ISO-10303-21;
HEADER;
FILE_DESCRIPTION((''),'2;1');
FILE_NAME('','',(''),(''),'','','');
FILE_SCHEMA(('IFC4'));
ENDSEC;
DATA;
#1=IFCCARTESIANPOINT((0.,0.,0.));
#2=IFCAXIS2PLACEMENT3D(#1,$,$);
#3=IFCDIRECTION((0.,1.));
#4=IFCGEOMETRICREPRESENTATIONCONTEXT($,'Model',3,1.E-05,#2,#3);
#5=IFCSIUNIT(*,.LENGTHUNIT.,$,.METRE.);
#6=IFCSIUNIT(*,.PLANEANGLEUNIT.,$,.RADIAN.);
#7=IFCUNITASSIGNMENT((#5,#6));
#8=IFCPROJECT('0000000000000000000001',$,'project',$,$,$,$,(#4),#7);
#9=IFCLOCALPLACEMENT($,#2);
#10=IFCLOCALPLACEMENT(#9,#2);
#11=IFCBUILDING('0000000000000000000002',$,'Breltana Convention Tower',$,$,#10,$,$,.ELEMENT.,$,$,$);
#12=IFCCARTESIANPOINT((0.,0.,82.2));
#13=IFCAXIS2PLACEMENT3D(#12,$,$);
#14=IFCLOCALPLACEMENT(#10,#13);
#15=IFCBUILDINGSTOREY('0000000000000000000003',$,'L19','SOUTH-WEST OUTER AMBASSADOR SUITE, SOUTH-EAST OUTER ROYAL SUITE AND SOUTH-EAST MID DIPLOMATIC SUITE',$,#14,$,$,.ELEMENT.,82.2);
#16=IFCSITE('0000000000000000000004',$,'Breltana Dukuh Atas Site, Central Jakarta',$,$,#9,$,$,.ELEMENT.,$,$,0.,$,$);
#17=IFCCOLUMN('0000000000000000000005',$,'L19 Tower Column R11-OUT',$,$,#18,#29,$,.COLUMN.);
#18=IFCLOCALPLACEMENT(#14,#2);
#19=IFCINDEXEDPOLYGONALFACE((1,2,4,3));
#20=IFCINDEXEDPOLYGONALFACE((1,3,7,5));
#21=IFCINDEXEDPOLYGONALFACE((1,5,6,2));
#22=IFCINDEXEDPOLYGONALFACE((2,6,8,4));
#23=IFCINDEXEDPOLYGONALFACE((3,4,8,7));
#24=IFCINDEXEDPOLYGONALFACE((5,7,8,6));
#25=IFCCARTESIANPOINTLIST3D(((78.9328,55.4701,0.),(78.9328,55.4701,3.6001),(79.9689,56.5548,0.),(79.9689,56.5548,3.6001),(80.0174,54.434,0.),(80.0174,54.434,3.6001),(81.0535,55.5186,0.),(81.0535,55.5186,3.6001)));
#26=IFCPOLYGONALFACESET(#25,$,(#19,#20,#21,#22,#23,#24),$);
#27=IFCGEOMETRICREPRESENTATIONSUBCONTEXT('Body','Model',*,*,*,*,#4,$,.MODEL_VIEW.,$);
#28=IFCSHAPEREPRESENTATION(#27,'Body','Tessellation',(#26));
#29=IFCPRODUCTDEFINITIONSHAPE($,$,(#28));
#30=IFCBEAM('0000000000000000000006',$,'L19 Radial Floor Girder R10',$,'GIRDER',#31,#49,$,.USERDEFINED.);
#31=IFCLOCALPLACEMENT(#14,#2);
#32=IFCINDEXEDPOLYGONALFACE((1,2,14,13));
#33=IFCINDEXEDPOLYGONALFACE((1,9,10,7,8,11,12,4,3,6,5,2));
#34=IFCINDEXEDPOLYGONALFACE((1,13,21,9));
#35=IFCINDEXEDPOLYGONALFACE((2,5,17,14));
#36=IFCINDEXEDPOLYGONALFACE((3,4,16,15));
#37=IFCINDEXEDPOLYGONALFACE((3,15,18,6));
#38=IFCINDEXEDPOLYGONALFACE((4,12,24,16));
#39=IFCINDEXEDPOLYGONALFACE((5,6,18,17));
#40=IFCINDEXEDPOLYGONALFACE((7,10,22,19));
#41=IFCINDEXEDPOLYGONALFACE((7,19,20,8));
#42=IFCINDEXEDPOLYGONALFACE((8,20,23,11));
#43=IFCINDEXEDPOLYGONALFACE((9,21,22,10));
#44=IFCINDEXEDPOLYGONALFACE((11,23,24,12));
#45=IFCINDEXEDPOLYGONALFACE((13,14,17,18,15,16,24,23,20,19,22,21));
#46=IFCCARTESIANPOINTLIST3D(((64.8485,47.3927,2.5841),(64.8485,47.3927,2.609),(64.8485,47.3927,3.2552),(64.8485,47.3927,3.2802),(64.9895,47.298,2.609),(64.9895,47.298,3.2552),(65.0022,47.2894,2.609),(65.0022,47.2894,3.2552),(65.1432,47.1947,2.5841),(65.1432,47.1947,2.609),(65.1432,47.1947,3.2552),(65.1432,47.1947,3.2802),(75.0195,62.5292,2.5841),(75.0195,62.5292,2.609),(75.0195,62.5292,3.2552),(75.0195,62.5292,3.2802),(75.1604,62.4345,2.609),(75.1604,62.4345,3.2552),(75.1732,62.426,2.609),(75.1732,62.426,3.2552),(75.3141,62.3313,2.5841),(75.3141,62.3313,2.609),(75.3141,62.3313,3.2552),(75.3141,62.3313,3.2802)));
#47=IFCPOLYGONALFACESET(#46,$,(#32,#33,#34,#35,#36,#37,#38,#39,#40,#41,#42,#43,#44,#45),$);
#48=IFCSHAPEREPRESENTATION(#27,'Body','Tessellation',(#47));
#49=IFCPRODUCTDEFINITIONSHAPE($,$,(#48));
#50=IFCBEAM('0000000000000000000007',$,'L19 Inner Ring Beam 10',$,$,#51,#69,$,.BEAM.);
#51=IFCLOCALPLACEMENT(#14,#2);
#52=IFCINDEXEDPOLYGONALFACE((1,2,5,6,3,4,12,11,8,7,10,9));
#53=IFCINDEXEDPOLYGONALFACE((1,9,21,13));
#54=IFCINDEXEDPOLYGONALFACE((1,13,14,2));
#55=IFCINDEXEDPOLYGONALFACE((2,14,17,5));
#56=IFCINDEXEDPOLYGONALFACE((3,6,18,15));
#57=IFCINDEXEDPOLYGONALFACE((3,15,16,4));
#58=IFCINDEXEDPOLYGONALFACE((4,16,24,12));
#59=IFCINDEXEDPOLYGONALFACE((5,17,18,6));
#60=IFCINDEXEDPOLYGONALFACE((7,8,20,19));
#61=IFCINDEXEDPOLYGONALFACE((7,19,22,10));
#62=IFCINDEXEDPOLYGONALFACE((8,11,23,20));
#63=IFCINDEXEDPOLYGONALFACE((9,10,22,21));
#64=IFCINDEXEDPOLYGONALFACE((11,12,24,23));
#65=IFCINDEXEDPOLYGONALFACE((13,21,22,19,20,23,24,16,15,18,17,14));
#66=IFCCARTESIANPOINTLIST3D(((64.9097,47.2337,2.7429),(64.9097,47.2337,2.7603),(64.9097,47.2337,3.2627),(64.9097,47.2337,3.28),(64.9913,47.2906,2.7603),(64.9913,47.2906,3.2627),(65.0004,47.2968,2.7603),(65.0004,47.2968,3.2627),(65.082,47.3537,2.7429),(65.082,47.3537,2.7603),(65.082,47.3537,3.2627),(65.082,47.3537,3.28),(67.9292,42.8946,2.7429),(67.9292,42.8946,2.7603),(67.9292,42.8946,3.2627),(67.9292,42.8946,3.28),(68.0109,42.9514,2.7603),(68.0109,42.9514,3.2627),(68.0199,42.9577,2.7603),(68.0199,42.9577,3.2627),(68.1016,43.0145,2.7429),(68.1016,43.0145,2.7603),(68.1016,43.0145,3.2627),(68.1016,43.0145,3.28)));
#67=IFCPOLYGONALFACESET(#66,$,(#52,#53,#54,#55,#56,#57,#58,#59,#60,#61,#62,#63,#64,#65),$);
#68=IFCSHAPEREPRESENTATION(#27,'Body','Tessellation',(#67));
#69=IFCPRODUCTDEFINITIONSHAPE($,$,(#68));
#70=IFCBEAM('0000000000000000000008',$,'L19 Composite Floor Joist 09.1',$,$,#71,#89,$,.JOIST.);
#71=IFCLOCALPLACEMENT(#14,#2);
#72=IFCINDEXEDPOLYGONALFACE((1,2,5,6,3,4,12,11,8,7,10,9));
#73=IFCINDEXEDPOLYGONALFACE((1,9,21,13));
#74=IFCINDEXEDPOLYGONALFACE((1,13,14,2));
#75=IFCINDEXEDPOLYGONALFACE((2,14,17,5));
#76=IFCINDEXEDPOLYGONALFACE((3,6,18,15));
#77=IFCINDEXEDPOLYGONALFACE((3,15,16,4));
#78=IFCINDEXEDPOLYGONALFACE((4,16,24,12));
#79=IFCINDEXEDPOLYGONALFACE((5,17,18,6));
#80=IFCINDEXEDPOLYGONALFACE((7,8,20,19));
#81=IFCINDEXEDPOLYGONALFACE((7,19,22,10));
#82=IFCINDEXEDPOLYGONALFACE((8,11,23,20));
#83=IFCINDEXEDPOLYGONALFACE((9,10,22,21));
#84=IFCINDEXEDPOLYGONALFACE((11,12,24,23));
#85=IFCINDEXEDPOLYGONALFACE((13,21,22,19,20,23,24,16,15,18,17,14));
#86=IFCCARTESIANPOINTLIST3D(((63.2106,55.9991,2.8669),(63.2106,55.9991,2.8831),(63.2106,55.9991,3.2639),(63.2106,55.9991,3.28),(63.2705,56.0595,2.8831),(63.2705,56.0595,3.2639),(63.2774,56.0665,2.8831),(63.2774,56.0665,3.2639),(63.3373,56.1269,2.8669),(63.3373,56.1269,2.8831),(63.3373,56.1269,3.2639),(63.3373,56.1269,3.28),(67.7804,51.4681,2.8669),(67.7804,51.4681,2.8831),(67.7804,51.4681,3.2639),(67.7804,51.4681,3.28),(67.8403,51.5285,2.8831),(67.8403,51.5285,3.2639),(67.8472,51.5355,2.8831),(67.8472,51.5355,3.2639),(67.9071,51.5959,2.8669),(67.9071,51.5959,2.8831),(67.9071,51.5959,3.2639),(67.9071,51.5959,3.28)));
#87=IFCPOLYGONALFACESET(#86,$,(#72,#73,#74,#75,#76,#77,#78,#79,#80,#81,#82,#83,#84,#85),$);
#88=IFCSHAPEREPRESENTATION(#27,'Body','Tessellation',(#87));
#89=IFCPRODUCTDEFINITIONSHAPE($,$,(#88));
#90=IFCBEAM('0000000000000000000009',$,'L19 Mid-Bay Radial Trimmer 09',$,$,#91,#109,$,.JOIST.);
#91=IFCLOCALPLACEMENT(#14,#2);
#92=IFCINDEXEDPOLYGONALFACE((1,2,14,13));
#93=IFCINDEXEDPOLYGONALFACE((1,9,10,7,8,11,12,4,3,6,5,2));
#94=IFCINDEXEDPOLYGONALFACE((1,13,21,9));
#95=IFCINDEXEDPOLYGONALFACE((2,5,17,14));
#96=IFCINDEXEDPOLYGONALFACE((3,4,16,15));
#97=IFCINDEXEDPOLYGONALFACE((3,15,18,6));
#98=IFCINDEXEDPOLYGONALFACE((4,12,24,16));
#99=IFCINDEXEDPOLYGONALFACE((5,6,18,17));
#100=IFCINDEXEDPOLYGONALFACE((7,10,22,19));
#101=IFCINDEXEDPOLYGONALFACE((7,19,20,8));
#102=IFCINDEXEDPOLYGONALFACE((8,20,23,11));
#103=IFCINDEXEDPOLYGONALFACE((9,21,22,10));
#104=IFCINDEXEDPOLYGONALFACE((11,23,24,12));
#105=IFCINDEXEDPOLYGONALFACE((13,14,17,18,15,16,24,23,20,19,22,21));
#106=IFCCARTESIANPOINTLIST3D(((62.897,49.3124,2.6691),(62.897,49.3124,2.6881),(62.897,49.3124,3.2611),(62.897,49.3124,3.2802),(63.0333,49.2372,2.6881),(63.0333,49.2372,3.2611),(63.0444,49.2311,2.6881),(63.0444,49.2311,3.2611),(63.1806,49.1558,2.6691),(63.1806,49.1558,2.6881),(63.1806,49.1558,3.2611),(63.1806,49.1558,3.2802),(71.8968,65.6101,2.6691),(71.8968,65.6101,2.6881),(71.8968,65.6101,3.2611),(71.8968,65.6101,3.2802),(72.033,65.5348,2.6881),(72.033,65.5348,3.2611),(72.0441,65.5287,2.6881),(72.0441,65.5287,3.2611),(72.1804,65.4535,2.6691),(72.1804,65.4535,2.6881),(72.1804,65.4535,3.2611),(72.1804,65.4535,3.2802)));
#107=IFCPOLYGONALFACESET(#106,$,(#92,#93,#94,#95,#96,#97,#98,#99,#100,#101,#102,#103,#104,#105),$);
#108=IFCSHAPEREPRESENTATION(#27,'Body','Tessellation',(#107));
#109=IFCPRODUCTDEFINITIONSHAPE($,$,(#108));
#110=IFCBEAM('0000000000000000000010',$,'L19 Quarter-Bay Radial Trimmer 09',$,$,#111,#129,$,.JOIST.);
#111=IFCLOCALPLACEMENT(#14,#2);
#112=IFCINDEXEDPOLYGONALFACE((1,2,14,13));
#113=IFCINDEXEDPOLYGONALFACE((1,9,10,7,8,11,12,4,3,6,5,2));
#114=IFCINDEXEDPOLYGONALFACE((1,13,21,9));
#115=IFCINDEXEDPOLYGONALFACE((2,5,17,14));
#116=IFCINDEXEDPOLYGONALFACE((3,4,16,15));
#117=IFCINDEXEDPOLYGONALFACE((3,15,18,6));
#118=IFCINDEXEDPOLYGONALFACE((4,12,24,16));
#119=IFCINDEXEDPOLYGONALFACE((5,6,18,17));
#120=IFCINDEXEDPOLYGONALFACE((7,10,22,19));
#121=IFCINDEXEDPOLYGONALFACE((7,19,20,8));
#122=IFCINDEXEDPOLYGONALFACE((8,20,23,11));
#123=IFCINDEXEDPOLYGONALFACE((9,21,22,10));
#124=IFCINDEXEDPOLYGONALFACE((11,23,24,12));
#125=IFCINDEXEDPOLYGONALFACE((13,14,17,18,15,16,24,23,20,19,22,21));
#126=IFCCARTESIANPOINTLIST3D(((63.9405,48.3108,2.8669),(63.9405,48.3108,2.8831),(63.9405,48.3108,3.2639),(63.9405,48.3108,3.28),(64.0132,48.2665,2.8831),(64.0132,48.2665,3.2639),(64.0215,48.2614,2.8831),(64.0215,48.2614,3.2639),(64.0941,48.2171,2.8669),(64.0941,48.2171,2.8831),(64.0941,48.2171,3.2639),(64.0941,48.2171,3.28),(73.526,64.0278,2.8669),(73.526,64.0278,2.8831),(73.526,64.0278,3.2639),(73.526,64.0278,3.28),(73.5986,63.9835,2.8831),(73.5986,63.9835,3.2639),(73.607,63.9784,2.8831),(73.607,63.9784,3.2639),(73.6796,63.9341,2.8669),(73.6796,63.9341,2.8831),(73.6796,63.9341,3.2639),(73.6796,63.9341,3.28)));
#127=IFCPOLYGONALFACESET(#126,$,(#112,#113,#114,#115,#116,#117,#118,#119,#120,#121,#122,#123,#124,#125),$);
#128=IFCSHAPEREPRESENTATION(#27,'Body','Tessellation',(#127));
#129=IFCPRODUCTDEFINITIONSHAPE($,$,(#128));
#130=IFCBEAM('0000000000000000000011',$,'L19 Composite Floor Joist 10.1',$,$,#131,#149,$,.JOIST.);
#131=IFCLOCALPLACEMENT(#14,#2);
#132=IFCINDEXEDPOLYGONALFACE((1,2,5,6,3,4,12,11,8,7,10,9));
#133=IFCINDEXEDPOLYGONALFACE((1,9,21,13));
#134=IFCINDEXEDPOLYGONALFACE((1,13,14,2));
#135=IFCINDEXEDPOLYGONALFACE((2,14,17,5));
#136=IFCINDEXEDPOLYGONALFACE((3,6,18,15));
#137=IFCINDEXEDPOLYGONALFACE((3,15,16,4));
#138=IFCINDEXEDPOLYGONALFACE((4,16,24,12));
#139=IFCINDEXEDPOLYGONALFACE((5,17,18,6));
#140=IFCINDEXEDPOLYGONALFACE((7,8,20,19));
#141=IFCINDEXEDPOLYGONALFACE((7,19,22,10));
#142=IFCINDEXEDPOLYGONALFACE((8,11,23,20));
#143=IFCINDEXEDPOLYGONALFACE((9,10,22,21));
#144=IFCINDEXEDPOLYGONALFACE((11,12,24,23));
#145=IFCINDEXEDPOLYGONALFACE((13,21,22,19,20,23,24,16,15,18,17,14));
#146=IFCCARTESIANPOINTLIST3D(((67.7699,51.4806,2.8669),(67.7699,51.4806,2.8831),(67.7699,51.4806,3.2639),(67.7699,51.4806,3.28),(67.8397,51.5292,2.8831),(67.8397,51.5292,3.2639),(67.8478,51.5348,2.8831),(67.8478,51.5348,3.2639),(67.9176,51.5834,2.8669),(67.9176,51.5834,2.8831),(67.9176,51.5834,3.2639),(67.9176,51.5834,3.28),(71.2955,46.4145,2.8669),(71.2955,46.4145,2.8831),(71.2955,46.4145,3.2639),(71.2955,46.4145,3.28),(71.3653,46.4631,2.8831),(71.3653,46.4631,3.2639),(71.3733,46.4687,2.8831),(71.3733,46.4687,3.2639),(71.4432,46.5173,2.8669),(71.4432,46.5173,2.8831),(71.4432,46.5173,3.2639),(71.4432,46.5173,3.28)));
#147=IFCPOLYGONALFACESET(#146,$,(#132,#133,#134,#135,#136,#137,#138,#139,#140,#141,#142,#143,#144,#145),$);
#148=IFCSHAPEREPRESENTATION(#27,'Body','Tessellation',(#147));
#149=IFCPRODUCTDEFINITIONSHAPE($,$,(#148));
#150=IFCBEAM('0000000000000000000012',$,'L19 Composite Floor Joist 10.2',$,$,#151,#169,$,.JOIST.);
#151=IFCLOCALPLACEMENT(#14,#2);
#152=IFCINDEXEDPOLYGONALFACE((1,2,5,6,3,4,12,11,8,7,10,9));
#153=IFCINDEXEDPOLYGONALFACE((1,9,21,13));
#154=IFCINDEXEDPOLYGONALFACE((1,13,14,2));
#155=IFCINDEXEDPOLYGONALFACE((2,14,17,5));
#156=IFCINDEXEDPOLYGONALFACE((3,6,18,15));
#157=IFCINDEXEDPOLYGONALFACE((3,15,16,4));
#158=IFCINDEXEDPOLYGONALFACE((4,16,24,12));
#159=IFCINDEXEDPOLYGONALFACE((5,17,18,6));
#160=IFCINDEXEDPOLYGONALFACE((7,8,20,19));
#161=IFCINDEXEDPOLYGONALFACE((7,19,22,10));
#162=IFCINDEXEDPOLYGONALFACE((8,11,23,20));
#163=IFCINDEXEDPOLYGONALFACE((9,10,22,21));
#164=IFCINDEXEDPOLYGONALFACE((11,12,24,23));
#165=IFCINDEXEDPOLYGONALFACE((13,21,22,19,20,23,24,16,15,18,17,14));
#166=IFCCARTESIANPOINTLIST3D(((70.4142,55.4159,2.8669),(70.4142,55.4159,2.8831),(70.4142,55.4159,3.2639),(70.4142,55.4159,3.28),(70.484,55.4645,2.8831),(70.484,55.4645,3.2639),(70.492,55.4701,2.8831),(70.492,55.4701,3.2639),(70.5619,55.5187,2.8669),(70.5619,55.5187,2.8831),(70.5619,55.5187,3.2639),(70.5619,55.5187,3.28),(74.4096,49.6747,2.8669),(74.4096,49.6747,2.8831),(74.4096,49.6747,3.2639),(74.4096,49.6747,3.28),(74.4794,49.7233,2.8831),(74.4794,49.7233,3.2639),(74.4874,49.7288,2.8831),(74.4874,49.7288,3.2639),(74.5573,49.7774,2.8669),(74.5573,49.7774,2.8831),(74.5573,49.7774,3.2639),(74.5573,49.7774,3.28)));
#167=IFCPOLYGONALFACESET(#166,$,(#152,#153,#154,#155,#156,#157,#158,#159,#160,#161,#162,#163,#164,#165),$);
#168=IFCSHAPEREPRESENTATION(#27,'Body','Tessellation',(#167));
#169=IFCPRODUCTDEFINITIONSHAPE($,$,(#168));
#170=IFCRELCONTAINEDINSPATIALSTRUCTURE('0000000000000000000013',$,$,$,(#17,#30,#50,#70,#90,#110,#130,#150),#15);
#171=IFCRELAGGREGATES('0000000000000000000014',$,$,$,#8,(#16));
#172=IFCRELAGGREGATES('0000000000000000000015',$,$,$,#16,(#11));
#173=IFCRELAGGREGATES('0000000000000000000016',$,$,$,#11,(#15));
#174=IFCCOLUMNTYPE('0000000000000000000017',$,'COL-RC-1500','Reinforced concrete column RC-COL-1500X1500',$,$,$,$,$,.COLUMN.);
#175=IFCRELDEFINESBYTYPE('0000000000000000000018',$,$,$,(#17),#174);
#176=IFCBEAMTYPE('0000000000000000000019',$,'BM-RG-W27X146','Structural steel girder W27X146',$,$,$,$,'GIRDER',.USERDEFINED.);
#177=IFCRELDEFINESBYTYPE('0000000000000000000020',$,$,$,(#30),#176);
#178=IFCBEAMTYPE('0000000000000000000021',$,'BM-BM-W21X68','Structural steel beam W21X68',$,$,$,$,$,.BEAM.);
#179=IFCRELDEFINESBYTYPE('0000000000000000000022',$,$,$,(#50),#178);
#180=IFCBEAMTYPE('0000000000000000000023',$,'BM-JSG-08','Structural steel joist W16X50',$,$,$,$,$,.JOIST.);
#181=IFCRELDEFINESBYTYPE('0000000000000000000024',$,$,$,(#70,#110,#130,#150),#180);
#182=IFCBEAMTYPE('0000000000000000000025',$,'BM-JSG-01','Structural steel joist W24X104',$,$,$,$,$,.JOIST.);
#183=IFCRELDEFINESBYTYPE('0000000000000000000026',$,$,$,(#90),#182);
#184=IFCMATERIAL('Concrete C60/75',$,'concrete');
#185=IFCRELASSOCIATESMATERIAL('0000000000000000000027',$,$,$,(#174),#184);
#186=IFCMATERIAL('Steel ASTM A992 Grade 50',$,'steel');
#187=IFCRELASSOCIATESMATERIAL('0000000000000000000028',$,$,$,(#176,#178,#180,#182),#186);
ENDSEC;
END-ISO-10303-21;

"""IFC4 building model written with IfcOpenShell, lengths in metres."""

from ifc_helpers import new_model, si_unit, direction, frame, origin, origin_2d, place, context, subcontext, project, spatial, rectangle, i_section, extrude, source, transform, mapped, material, material_profile, profile_set, type_object, element, save


model = new_model("IFC4")

# Units and contexts
model_context = context("Model", 3, precision=1e-05, world=origin(), true_north=direction((0.0, 1.0)))
body_context = subcontext(model_context, "Body", "Model", "MODEL_VIEW")
ifc_project = project(units=[si_unit("LENGTHUNIT", "METRE"), si_unit("PLANEANGLEUNIT", "RADIAN")], contexts=[model_context])

# Site, building, storey
site_placement = place(None, origin())
site = spatial("IfcSite", under=ifc_project, at=site_placement, Name="Breltana Dukuh Atas Site, Central Jakarta", CompositionType="ELEMENT", RefElevation=0.0)
building_placement = place(site_placement, origin())
building = spatial("IfcBuilding", under=site, at=building_placement, Name="Breltana Convention Tower", CompositionType="ELEMENT")
storey_placement = place(building_placement, frame((0.0, 0.0, 82.2)))
storey = spatial("IfcBuildingStorey", under=building, at=storey_placement, Name="L19", Description="SOUTH-WEST OUTER AMBASSADOR SUITE, SOUTH-EAST OUTER ROYAL SUITE AND SOUTH-EAST MID DIPLOMATIC SUITE", CompositionType="ELEMENT", Elevation=82.2)

# Column
ifc_material_1 = material(Name="Concrete C60/75", Category="concrete")
ifc_material_profile_1 = material_profile(ifc_material_1, rectangle(XDim=1.5, YDim=1.5, at=origin_2d()), Name="RC-COL-1500X1500")
ifc_profile_set_1 = profile_set([ifc_material_profile_1], Name="Concrete C60/75")
column_type_1 = type_object("IfcColumnType", Name="COL-RC-1500", Description="Reinforced concrete column RC-COL-1500X1500", PredefinedType="COLUMN", material=ifc_profile_set_1)
shared_shape_1 = source(origin(), body_context, "Body", "SweptSolid", [
    extrude(rectangle(XDim=1.5, YDim=1.5, at=origin_2d()), origin(), (0.0, 0.0, 1.0), 3.6001),
])
column_1_placement = place(storey_placement, frame((79.9932, 55.4944, 0.0), z_axis=(0.0, 0.0, 1.0), x_axis=(0.690756, 0.723088, 0.0)))
element("IfcColumn", 1, at=column_1_placement, inside=storey, type_object=column_type_1, Name="L19 Tower Column R11-OUT", PredefinedType="COLUMN", context=body_context, shape_type="MappedRepresentation", body=[
    mapped(shared_shape_1, transform((0.0, 0.0, 0.0), scale=1.0)),
])

# Beams
ifc_material_2 = material(Name="Steel ASTM A992 Grade 50", Category="steel")
ifc_material_profile_2 = material_profile(ifc_material_2, i_section(OverallWidth=0.355, OverallDepth=0.696, WebThickness=0.0154, FlangeThickness=0.0249, at=origin_2d()), Name="W27X146")
ifc_profile_set_2 = profile_set([ifc_material_profile_2], Name="Steel ASTM A992 Grade 50")
beam_type_1 = type_object("IfcBeamType", Name="BM-RG-W27X146", Description="Structural steel girder W27X146", ElementType="GIRDER", PredefinedType="USERDEFINED", material=ifc_profile_set_2)
shared_shape_2 = source(origin(), body_context, "Body", "SweptSolid", [
    extrude(i_section(OverallWidth=0.355, OverallDepth=0.696, WebThickness=0.0154, FlangeThickness=0.0249, at=origin_2d()), origin(), (0.0, 0.0, 1.0), 18.2363),
])
beam_1_placement = place(storey_placement, frame((64.9958, 47.2937, 2.9321), z_axis=(0.55773, 0.830022, 0.0), x_axis=(-0.830022, 0.55773, 0.0)))
element("IfcBeam", 2, at=beam_1_placement, inside=storey, type_object=beam_type_1, Name="L19 Radial Floor Girder R10", ObjectType="GIRDER", PredefinedType="USERDEFINED", context=body_context, shape_type="MappedRepresentation", body=[
    mapped(shared_shape_2, transform((0.0, 0.0, 0.0), scale=1.0)),
])
ifc_material_profile_3 = material_profile(ifc_material_2, i_section(OverallWidth=0.21, OverallDepth=0.5371, WebThickness=0.011, FlangeThickness=0.0173, at=origin_2d()), Name="W21X68")
ifc_profile_set_3 = profile_set([ifc_material_profile_3], Name="Steel ASTM A992 Grade 50")
beam_type_2 = type_object("IfcBeamType", Name="BM-BM-W21X68", Description="Structural steel beam W21X68", PredefinedType="BEAM", material=ifc_profile_set_3)
shared_shape_3 = source(origin(), body_context, "Body", "SweptSolid", [
    extrude(i_section(OverallWidth=0.21, OverallDepth=0.5371, WebThickness=0.011, FlangeThickness=0.0173, at=origin_2d()), origin(), (0.0, 0.0, 1.0), 5.2864),
])
beam_2_placement = place(storey_placement, frame((64.9958, 47.2937, 3.0115), z_axis=(0.571194, -0.820815, 0.0), x_axis=(0.820815, 0.571194, 0.0)))
element("IfcBeam", 3, at=beam_2_placement, inside=storey, type_object=beam_type_2, Name="L19 Inner Ring Beam 10", PredefinedType="BEAM", context=body_context, shape_type="MappedRepresentation", body=[
    mapped(shared_shape_3, transform((0.0, 0.0, 0.0), scale=1.0)),
])
ifc_material_profile_4 = material_profile(ifc_material_2, i_section(OverallWidth=0.1799, OverallDepth=0.4131, WebThickness=0.0098, FlangeThickness=0.0161, at=origin_2d()), Name="W16X50")
ifc_profile_set_4 = profile_set([ifc_material_profile_4], Name="Steel ASTM A992 Grade 50")
beam_type_3 = type_object("IfcBeamType", Name="BM-JSG-08", Description="Structural steel joist W16X50", PredefinedType="JOIST", material=ifc_profile_set_4)
shared_shape_4 = source(origin(), body_context, "Body", "SweptSolid", [
    extrude(i_section(OverallWidth=0.1799, OverallDepth=0.4131, WebThickness=0.0098, FlangeThickness=0.0161, at=origin_2d()), origin(), (0.0, 0.0, 1.0), 6.4353),
])
beam_3_placement = place(storey_placement, frame((63.2739, 56.063, 3.0735), z_axis=(0.710116, -0.704084, 0.0), x_axis=(0.704084, 0.710116, 0.0)))
element("IfcBeam", 4, at=beam_3_placement, inside=storey, type_object=beam_type_3, Name="L19 Composite Floor Joist 09.1", PredefinedType="JOIST", context=body_context, shape_type="MappedRepresentation", body=[
    mapped(shared_shape_4, transform((0.0, 0.0, 0.0), scale=1.0)),
])
ifc_material_profile_5 = material_profile(ifc_material_2, i_section(OverallWidth=0.324, OverallDepth=0.6111, WebThickness=0.0127, FlangeThickness=0.019, at=origin_2d()), Name="W24X104")
ifc_profile_set_5 = profile_set([ifc_material_profile_5], Name="Steel ASTM A992 Grade 50")
beam_type_4 = type_object("IfcBeamType", Name="BM-JSG-01", Description="Structural steel joist W24X104", PredefinedType="JOIST", material=ifc_profile_set_5)
shared_shape_5 = source(origin(), body_context, "Body", "SweptSolid", [
    extrude(i_section(OverallWidth=0.324, OverallDepth=0.6111, WebThickness=0.0127, FlangeThickness=0.019, at=origin_2d()), origin(), (0.0, 0.0, 1.0), 18.6174),
])
beam_4_placement = place(storey_placement, frame((63.0388, 49.2341, 2.9746), z_axis=(0.483406, 0.875396, 0.0), x_axis=(-0.875396, 0.483406, 0.0)))
element("IfcBeam", 5, at=beam_4_placement, inside=storey, type_object=beam_type_4, Name="L19 Mid-Bay Radial Trimmer 09", PredefinedType="JOIST", context=body_context, shape_type="MappedRepresentation", body=[
    mapped(shared_shape_5, transform((0.0, 0.0, 0.0), scale=1.0)),
])
shared_shape_6 = source(origin(), body_context, "Body", "SweptSolid", [
    extrude(i_section(OverallWidth=0.1799, OverallDepth=0.4131, WebThickness=0.0098, FlangeThickness=0.0161, at=origin_2d()), origin(), (0.0, 0.0, 1.0), 18.4094),
])
beam_5_placement = place(storey_placement, frame((64.0173, 48.2639, 3.0735), z_axis=(0.520682, 0.853751, 0.0), x_axis=(-0.853751, 0.520682, 0.0)))
element("IfcBeam", 6, at=beam_5_placement, inside=storey, type_object=beam_type_3, Name="L19 Quarter-Bay Radial Trimmer 09", PredefinedType="JOIST", context=body_context, shape_type="MappedRepresentation", body=[
    mapped(shared_shape_6, transform((0.0, 0.0, 0.0), scale=1.0)),
])
shared_shape_7 = source(origin(), body_context, "Body", "SweptSolid", [
    extrude(i_section(OverallWidth=0.1799, OverallDepth=0.4131, WebThickness=0.0098, FlangeThickness=0.0161, at=origin_2d()), origin(), (0.0, 0.0, 1.0), 6.1721),
])
beam_6_placement = place(storey_placement, frame((67.8438, 51.532, 3.0735), z_axis=(0.571212, -0.820803, 0.0), x_axis=(0.820803, 0.571212, 0.0)))
element("IfcBeam", 7, at=beam_6_placement, inside=storey, type_object=beam_type_3, Name="L19 Composite Floor Joist 10.1", PredefinedType="JOIST", context=body_context, shape_type="MappedRepresentation", body=[
    mapped(shared_shape_7, transform((0.0, 0.0, 0.0), scale=1.0)),
])
shared_shape_8 = source(origin(), body_context, "Body", "SweptSolid", [
    extrude(i_section(OverallWidth=0.1799, OverallDepth=0.4131, WebThickness=0.0098, FlangeThickness=0.0161, at=origin_2d()), origin(), (0.0, 0.0, 1.0), 6.9946),
])
beam_7_placement = place(storey_placement, frame((70.488, 55.4673, 3.0735), z_axis=(0.571207, -0.820806, 0.0), x_axis=(0.820806, 0.571207, 0.0)))
element("IfcBeam", 8, at=beam_7_placement, inside=storey, type_object=beam_type_3, Name="L19 Composite Floor Joist 10.2", PredefinedType="JOIST", context=body_context, shape_type="MappedRepresentation", body=[
    mapped(shared_shape_8, transform((0.0, 0.0, 0.0), scale=1.0)),
])

save(model, "model.ifc")
